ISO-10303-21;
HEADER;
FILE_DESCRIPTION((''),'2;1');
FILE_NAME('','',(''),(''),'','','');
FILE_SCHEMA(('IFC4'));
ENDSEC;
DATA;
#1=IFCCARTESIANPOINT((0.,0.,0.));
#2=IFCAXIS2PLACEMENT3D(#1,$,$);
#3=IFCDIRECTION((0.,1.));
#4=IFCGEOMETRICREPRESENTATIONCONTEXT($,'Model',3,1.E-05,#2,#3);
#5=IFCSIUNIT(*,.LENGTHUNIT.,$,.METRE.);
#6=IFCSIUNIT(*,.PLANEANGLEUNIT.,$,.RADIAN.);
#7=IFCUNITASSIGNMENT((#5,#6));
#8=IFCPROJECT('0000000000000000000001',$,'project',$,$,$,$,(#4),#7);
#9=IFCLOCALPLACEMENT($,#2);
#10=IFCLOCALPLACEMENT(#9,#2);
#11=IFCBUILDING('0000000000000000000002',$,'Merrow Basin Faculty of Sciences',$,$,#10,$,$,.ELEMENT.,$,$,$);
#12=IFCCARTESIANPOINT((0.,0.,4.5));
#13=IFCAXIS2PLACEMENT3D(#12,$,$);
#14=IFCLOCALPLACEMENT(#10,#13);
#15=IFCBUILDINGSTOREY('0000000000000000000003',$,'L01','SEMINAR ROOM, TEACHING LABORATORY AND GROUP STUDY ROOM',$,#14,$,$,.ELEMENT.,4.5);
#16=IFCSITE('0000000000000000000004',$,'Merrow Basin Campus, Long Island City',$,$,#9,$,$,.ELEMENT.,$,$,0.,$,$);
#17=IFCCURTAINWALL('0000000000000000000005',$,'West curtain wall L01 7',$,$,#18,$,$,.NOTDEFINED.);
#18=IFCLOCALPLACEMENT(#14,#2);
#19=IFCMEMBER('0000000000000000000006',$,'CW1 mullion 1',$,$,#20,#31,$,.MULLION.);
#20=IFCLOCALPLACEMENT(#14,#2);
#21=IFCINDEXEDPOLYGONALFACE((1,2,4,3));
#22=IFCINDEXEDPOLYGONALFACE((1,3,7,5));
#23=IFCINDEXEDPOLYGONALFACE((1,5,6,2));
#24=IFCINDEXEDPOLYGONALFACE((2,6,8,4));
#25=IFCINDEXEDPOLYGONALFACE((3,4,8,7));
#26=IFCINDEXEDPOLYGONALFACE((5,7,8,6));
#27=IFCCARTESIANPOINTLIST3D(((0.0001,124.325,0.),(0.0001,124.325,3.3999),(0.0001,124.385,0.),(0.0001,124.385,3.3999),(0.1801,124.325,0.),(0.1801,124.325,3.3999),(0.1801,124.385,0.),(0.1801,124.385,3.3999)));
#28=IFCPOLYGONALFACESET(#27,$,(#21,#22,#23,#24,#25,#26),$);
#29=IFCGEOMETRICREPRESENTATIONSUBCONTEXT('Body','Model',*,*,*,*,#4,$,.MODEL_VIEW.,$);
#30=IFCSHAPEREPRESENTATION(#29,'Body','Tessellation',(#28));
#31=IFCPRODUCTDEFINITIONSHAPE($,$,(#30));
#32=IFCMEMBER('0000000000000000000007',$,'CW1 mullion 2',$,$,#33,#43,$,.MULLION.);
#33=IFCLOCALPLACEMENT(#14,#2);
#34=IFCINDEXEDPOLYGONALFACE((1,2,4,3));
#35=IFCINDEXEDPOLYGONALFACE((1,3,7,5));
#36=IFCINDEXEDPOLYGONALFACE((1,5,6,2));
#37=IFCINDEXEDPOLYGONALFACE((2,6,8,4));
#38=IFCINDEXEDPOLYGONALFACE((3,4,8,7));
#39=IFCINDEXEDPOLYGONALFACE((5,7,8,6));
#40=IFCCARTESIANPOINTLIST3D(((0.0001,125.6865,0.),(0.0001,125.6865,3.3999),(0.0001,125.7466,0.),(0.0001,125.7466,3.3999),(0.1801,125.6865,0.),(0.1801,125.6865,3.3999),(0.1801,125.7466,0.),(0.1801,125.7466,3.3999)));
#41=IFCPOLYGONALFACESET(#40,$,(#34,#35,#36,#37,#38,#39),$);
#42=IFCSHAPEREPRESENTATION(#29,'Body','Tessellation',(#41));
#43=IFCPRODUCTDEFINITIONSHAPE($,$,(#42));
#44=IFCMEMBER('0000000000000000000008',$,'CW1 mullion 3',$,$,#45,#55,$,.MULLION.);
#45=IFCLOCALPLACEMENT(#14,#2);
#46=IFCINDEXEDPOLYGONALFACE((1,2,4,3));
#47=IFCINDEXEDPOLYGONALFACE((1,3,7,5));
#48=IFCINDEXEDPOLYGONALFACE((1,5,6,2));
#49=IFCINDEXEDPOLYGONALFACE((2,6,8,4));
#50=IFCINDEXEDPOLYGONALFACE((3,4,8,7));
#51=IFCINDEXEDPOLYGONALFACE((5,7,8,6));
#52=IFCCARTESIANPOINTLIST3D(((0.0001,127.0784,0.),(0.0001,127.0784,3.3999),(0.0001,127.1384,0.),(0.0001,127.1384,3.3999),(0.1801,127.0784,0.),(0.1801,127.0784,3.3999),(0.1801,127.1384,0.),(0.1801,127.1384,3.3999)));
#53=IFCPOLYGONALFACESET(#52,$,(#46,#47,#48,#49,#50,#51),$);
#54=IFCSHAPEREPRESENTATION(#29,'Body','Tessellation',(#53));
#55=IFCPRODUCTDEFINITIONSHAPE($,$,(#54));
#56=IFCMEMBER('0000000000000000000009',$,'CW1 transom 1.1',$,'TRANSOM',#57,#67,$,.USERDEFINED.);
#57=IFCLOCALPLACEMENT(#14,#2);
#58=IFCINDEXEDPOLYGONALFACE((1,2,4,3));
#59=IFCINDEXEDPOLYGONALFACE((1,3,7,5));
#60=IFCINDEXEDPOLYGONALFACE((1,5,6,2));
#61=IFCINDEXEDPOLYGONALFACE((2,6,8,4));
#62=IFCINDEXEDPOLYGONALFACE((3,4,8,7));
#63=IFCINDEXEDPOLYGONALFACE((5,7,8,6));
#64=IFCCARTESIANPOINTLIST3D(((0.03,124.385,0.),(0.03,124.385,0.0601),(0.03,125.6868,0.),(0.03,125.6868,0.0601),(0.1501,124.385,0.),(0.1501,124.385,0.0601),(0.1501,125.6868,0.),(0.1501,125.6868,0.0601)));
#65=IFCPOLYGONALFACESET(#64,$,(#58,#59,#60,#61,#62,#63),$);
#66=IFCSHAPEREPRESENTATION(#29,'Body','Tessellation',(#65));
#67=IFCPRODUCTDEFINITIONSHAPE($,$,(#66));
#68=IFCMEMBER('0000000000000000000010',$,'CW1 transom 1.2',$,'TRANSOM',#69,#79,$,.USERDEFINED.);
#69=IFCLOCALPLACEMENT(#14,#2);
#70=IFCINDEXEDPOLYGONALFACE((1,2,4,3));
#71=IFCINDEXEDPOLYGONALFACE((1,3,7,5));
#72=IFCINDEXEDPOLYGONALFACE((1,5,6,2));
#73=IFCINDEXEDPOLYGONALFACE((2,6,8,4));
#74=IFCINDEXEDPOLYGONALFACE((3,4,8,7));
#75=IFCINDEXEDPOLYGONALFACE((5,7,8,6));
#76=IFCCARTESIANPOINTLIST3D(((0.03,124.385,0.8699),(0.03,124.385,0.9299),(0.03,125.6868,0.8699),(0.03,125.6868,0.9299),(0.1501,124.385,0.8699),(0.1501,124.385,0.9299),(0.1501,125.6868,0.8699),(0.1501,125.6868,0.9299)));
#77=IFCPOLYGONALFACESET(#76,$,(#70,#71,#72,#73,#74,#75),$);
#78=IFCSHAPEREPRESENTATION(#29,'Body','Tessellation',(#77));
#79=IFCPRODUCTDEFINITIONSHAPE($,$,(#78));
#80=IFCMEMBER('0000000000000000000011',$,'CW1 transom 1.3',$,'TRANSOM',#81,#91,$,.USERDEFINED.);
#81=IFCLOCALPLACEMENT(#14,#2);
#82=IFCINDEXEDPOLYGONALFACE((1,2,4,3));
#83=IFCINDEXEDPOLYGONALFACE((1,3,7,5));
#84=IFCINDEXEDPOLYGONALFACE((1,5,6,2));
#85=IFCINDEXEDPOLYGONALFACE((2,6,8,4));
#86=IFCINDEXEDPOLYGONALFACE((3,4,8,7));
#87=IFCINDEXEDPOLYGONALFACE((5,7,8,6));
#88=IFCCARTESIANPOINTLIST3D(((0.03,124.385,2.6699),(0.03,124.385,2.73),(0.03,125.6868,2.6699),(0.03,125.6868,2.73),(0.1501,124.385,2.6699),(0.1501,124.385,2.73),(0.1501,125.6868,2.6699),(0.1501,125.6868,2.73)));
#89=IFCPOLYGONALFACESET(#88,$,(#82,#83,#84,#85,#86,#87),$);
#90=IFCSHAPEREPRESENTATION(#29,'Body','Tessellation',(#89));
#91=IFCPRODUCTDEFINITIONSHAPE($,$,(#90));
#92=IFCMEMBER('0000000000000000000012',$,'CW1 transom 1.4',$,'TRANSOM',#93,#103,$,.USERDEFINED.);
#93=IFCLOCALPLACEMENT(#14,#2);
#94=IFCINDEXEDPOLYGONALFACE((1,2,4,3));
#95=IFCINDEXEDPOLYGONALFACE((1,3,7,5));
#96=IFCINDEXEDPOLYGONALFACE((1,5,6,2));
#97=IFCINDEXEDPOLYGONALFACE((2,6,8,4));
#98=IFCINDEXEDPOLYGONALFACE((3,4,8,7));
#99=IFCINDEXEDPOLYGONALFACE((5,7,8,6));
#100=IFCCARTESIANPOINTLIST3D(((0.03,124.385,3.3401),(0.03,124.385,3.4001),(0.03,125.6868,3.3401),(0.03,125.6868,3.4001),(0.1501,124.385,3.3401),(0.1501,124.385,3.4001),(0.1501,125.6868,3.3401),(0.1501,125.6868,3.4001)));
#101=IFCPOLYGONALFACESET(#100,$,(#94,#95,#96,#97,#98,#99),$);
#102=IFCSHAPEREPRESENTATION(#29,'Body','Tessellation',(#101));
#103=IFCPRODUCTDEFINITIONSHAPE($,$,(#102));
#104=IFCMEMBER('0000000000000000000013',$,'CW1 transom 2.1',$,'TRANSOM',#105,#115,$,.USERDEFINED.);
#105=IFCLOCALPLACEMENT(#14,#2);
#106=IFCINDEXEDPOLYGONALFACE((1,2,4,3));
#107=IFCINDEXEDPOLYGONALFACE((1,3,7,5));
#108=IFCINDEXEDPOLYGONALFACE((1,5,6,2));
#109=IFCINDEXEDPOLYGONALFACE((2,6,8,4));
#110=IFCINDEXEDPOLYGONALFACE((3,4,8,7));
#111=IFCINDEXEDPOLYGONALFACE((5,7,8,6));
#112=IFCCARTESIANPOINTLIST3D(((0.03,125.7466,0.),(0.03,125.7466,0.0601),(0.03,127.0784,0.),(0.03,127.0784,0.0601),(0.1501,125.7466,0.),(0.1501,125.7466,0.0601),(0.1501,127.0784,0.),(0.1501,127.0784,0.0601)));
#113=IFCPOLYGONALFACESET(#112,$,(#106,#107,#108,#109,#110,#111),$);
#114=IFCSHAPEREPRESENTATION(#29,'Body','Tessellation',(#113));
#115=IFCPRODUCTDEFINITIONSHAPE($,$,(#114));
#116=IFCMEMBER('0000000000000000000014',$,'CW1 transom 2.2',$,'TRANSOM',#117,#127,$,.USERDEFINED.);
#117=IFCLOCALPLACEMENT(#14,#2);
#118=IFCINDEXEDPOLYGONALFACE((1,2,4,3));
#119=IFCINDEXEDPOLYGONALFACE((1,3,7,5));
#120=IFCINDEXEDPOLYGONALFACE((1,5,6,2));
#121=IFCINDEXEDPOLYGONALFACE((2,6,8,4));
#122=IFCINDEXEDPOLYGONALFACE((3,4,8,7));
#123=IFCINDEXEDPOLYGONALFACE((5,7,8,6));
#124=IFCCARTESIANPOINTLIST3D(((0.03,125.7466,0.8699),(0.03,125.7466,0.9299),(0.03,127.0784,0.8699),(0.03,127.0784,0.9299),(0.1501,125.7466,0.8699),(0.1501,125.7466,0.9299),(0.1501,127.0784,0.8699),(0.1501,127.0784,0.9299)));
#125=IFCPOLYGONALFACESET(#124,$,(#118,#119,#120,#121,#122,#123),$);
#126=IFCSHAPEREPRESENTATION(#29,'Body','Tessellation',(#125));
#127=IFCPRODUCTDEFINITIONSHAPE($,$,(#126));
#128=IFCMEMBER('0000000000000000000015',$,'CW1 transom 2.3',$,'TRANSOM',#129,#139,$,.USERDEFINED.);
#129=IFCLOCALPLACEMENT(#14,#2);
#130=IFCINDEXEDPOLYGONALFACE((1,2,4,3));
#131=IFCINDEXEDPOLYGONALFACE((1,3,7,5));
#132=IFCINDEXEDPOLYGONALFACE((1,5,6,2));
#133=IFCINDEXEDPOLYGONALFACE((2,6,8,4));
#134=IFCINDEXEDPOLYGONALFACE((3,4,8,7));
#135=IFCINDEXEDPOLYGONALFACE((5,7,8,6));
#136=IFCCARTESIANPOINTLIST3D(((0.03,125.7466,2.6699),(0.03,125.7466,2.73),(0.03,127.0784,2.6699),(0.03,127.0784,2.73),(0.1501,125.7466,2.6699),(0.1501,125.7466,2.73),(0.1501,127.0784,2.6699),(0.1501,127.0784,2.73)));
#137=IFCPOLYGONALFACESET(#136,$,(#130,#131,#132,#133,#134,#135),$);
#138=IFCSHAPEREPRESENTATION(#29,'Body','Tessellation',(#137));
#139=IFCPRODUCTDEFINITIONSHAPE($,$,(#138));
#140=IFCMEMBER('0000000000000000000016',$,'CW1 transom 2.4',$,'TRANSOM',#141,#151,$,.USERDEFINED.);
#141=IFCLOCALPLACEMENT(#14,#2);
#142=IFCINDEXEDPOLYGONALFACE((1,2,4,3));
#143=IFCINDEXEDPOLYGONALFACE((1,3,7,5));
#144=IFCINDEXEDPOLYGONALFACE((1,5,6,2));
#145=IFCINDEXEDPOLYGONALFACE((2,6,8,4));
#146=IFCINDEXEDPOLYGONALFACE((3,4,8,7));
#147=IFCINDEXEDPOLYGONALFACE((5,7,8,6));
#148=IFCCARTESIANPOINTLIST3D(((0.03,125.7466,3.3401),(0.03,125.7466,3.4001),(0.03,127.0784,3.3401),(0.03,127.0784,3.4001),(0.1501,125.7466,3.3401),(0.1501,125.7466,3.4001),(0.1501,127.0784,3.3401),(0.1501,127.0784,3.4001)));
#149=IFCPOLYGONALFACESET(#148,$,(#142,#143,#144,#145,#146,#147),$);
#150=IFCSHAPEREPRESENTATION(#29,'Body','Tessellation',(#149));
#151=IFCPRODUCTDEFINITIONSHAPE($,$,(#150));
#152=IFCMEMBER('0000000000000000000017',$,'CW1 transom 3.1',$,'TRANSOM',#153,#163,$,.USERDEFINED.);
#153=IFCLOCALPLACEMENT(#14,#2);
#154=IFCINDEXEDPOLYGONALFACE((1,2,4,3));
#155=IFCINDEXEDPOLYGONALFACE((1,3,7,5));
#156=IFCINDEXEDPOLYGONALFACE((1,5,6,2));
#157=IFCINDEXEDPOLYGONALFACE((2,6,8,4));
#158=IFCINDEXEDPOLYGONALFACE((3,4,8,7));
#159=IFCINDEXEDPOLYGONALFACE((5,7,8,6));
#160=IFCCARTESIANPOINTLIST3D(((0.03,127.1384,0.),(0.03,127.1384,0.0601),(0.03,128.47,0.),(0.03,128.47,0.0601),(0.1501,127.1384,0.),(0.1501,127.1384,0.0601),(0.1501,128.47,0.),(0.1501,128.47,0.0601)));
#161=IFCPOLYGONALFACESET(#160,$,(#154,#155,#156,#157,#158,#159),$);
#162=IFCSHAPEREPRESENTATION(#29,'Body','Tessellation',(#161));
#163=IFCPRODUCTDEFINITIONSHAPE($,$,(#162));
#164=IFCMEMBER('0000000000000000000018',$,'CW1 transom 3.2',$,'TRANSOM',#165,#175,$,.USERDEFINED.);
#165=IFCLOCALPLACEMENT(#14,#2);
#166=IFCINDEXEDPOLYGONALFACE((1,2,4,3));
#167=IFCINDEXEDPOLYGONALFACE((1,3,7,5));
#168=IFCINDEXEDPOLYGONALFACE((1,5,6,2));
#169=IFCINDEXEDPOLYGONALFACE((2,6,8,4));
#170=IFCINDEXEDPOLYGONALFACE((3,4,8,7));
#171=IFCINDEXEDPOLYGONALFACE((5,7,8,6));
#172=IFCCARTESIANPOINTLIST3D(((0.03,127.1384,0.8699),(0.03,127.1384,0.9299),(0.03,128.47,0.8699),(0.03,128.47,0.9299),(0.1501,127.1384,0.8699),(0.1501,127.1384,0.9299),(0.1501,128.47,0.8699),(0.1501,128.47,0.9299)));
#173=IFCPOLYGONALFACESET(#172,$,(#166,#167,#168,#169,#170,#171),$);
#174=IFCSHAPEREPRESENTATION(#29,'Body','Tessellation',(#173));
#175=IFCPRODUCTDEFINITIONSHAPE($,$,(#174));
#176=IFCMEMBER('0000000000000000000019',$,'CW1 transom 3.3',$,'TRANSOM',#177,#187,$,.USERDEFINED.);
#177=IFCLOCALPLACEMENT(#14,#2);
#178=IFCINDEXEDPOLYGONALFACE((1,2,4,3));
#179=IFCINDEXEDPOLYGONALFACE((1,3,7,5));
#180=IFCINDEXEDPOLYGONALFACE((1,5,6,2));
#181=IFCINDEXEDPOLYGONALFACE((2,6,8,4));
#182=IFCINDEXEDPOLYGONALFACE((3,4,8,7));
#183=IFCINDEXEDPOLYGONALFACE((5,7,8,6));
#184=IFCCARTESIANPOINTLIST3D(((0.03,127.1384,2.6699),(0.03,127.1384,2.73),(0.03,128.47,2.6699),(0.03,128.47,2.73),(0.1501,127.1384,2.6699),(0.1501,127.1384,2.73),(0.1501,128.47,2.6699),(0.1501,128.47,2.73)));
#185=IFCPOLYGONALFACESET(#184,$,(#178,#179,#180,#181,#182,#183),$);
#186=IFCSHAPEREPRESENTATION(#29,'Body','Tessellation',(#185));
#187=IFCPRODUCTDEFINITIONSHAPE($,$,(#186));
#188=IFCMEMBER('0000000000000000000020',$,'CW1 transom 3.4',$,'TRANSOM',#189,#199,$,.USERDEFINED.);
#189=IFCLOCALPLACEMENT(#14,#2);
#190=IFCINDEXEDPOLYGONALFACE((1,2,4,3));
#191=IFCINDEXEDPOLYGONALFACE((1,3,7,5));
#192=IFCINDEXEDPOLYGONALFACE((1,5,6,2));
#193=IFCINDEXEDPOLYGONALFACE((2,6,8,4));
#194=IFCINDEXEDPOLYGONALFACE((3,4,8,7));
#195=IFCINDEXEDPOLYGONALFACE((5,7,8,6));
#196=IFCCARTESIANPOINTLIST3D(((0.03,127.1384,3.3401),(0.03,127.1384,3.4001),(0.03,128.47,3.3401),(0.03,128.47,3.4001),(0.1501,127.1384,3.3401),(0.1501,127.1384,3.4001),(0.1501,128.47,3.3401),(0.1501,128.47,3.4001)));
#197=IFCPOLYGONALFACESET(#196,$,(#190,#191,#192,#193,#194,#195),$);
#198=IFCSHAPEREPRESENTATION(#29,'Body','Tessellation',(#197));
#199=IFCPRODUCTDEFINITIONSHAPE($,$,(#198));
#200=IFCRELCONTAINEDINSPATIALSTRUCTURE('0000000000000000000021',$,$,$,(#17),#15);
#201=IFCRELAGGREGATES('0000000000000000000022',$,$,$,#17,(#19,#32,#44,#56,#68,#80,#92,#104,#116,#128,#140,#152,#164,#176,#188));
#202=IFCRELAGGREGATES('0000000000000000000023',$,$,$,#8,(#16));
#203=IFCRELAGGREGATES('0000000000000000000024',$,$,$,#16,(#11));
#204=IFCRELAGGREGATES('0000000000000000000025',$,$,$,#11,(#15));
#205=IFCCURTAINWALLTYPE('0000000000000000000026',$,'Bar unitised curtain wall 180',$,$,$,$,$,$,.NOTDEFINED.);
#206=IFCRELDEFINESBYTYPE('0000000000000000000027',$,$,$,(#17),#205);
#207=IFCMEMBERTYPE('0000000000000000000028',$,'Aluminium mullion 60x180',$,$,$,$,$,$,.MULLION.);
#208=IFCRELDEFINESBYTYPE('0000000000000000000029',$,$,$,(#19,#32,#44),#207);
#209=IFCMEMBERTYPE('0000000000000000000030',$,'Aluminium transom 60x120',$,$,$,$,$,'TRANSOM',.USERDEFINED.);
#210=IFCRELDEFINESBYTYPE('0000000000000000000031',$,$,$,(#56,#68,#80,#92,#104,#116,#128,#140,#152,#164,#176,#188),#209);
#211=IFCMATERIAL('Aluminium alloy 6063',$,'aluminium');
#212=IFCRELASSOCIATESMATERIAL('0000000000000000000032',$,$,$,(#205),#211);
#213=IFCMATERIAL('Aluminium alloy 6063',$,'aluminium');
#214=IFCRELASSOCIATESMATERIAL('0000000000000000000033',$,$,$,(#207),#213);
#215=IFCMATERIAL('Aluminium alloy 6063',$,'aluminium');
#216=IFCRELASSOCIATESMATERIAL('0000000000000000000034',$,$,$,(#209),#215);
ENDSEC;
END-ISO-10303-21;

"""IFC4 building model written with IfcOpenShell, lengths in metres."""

from ifc_helpers import new_model, si_unit, direction, frame, origin, origin_2d, place, context, subcontext, project, spatial, rectangle, extrude, material, material_profile, profile_set, type_object, element, aggregate, save


model = new_model("IFC4")

# Units and contexts
model_context = context("Model", 3, precision=1e-05, world=origin(), true_north=direction((0.0, 1.0)))
body_context = subcontext(model_context, "Body", "Model", "MODEL_VIEW")
ifc_project = project(units=[si_unit("LENGTHUNIT", "METRE"), si_unit("PLANEANGLEUNIT", "RADIAN")], contexts=[model_context])

# Site, building, storey
site_placement = place(None, origin())
site = spatial("IfcSite", under=ifc_project, at=site_placement, Name="Merrow Basin Campus, Long Island City", CompositionType="ELEMENT", RefElevation=0.0)
building_placement = place(site_placement, origin())
building = spatial("IfcBuilding", under=site, at=building_placement, Name="Merrow Basin Faculty of Sciences", CompositionType="ELEMENT")
storey_placement = place(building_placement, frame((0.0, 0.0, 4.5)))
storey = spatial("IfcBuildingStorey", under=building, at=storey_placement, Name="L01", Description="SEMINAR ROOM, TEACHING LABORATORY AND GROUP STUDY ROOM", CompositionType="ELEMENT", Elevation=4.5)

# Curtain wall, members
ifc_material_1 = material(Name="Aluminium alloy 6063", Category="aluminium")
curtain_wall_type = type_object("IfcCurtainWallType", Name="Bar unitised curtain wall 180", PredefinedType="NOTDEFINED", material=ifc_material_1)
curtain_wall_placement = place(storey_placement, origin())
curtain_wall = element("IfcCurtainWall", 1, at=curtain_wall_placement, inside=storey, type_object=curtain_wall_type, Name="West curtain wall L01 7", PredefinedType="NOTDEFINED")
ifc_material_2 = material(Name="Aluminium alloy 6063", Category="aluminium")
ifc_material_profile_1 = material_profile(ifc_material_2, rectangle(XDim=0.1799, YDim=0.0601, at=origin_2d()))
ifc_profile_set_1 = profile_set([ifc_material_profile_1], Name="Aluminium alloy 6063")
member_type_1 = type_object("IfcMemberType", Name="Aluminium mullion 60x180", PredefinedType="MULLION", material=ifc_profile_set_1)
member_1_placement = place(storey_placement, frame((0.0901, 124.355, 0.0), z_axis=(0.0, 0.0, 1.0), x_axis=(-1.0, 0.0, 0.0)))
member_1 = element("IfcMember", 2, at=member_1_placement, type_object=member_type_1, Name="CW1 mullion 1", PredefinedType="MULLION", context=body_context, shape_type="SweptSolid", body=[
    extrude(rectangle(XDim=0.1799, YDim=0.0601, at=origin_2d()), origin(), (0.0, 0.0, 1.0), 3.3999),
])
member_2_placement = place(storey_placement, frame((0.0901, 125.7166, 0.0), z_axis=(0.0, 0.0, 1.0), x_axis=(-1.0, 0.0, 0.0)))
member_2 = element("IfcMember", 3, at=member_2_placement, type_object=member_type_1, Name="CW1 mullion 2", PredefinedType="MULLION", context=body_context, shape_type="SweptSolid", body=[
    extrude(rectangle(XDim=0.1799, YDim=0.0601, at=origin_2d()), origin(), (0.0, 0.0, 1.0), 3.3999),
])
member_3_placement = place(storey_placement, frame((0.0901, 127.1084, 0.0), z_axis=(0.0, 0.0, 1.0), x_axis=(-1.0, 0.0, 0.0)))
member_3 = element("IfcMember", 4, at=member_3_placement, type_object=member_type_1, Name="CW1 mullion 3", PredefinedType="MULLION", context=body_context, shape_type="SweptSolid", body=[
    extrude(rectangle(XDim=0.1799, YDim=0.0601, at=origin_2d()), origin(), (0.0, 0.0, 1.0), 3.3999),
])
ifc_material_3 = material(Name="Aluminium alloy 6063", Category="aluminium")
ifc_material_profile_2 = material_profile(ifc_material_3, rectangle(XDim=0.1201, YDim=0.0601, at=origin_2d()))
ifc_profile_set_2 = profile_set([ifc_material_profile_2], Name="Aluminium alloy 6063")
member_type_2 = type_object("IfcMemberType", Name="Aluminium transom 60x120", ElementType="TRANSOM", PredefinedType="USERDEFINED", material=ifc_profile_set_2)
member_4_placement = place(storey_placement, frame((0.0901, 124.385, 0.03), z_axis=(0.0, 1.0, 0.0), x_axis=(-1.0, 0.0, 0.0)))
member_4 = element("IfcMember", 5, at=member_4_placement, type_object=member_type_2, Name="CW1 transom 1.1", ObjectType="TRANSOM", PredefinedType="USERDEFINED", context=body_context, shape_type="SweptSolid", body=[
    extrude(rectangle(XDim=0.1201, YDim=0.0601, at=origin_2d()), origin(), (0.0, 0.0, 1.0), 1.3018),
])
member_5_placement = place(storey_placement, frame((0.0901, 124.385, 0.8999), z_axis=(0.0, 1.0, 0.0), x_axis=(-1.0, 0.0, 0.0)))
member_5 = element("IfcMember", 6, at=member_5_placement, type_object=member_type_2, Name="CW1 transom 1.2", ObjectType="TRANSOM", PredefinedType="USERDEFINED", context=body_context, shape_type="SweptSolid", body=[
    extrude(rectangle(XDim=0.1201, YDim=0.0601, at=origin_2d()), origin(), (0.0, 0.0, 1.0), 1.3018),
])
member_6_placement = place(storey_placement, frame((0.0901, 124.385, 2.7), z_axis=(0.0, 1.0, 0.0), x_axis=(-1.0, 0.0, 0.0)))
member_6 = element("IfcMember", 7, at=member_6_placement, type_object=member_type_2, Name="CW1 transom 1.3", ObjectType="TRANSOM", PredefinedType="USERDEFINED", context=body_context, shape_type="SweptSolid", body=[
    extrude(rectangle(XDim=0.1201, YDim=0.0601, at=origin_2d()), origin(), (0.0, 0.0, 1.0), 1.3018),
])
member_7_placement = place(storey_placement, frame((0.0901, 124.385, 3.3701), z_axis=(0.0, 1.0, 0.0), x_axis=(-1.0, 0.0, 0.0)))
member_7 = element("IfcMember", 8, at=member_7_placement, type_object=member_type_2, Name="CW1 transom 1.4", ObjectType="TRANSOM", PredefinedType="USERDEFINED", context=body_context, shape_type="SweptSolid", body=[
    extrude(rectangle(XDim=0.1201, YDim=0.0601, at=origin_2d()), origin(), (0.0, 0.0, 1.0), 1.3018),
])
member_8_placement = place(storey_placement, frame((0.0901, 125.7466, 0.03), z_axis=(0.0, 1.0, 0.0), x_axis=(-1.0, 0.0, 0.0)))
member_8 = element("IfcMember", 9, at=member_8_placement, type_object=member_type_2, Name="CW1 transom 2.1", ObjectType="TRANSOM", PredefinedType="USERDEFINED", context=body_context, shape_type="SweptSolid", body=[
    extrude(rectangle(XDim=0.1201, YDim=0.0601, at=origin_2d()), origin(), (0.0, 0.0, 1.0), 1.3318),
])
member_9_placement = place(storey_placement, frame((0.0901, 125.7466, 0.8999), z_axis=(0.0, 1.0, 0.0), x_axis=(-1.0, 0.0, 0.0)))
member_9 = element("IfcMember", 10, at=member_9_placement, type_object=member_type_2, Name="CW1 transom 2.2", ObjectType="TRANSOM", PredefinedType="USERDEFINED", context=body_context, shape_type="SweptSolid", body=[
    extrude(rectangle(XDim=0.1201, YDim=0.0601, at=origin_2d()), origin(), (0.0, 0.0, 1.0), 1.3318),
])
member_10_placement = place(storey_placement, frame((0.0901, 125.7466, 2.7), z_axis=(0.0, 1.0, 0.0), x_axis=(-1.0, 0.0, 0.0)))
member_10 = element("IfcMember", 11, at=member_10_placement, type_object=member_type_2, Name="CW1 transom 2.3", ObjectType="TRANSOM", PredefinedType="USERDEFINED", context=body_context, shape_type="SweptSolid", body=[
    extrude(rectangle(XDim=0.1201, YDim=0.0601, at=origin_2d()), origin(), (0.0, 0.0, 1.0), 1.3318),
])
member_11_placement = place(storey_placement, frame((0.0901, 125.7466, 3.3701), z_axis=(0.0, 1.0, 0.0), x_axis=(-1.0, 0.0, 0.0)))
member_11 = element("IfcMember", 12, at=member_11_placement, type_object=member_type_2, Name="CW1 transom 2.4", ObjectType="TRANSOM", PredefinedType="USERDEFINED", context=body_context, shape_type="SweptSolid", body=[
    extrude(rectangle(XDim=0.1201, YDim=0.0601, at=origin_2d()), origin(), (0.0, 0.0, 1.0), 1.3318),
])
member_12_placement = place(storey_placement, frame((0.0901, 127.1384, 0.03), z_axis=(0.0, 1.0, 0.0), x_axis=(-1.0, 0.0, 0.0)))
member_12 = element("IfcMember", 13, at=member_12_placement, type_object=member_type_2, Name="CW1 transom 3.1", ObjectType="TRANSOM", PredefinedType="USERDEFINED", context=body_context, shape_type="SweptSolid", body=[
    extrude(rectangle(XDim=0.1201, YDim=0.0601, at=origin_2d()), origin(), (0.0, 0.0, 1.0), 1.3315),
])
member_13_placement = place(storey_placement, frame((0.0901, 127.1384, 0.8999), z_axis=(0.0, 1.0, 0.0), x_axis=(-1.0, 0.0, 0.0)))
member_13 = element("IfcMember", 14, at=member_13_placement, type_object=member_type_2, Name="CW1 transom 3.2", ObjectType="TRANSOM", PredefinedType="USERDEFINED", context=body_context, shape_type="SweptSolid", body=[
    extrude(rectangle(XDim=0.1201, YDim=0.0601, at=origin_2d()), origin(), (0.0, 0.0, 1.0), 1.3315),
])
member_14_placement = place(storey_placement, frame((0.0901, 127.1384, 2.7), z_axis=(0.0, 1.0, 0.0), x_axis=(-1.0, 0.0, 0.0)))
member_14 = element("IfcMember", 15, at=member_14_placement, type_object=member_type_2, Name="CW1 transom 3.3", ObjectType="TRANSOM", PredefinedType="USERDEFINED", context=body_context, shape_type="SweptSolid", body=[
    extrude(rectangle(XDim=0.1201, YDim=0.0601, at=origin_2d()), origin(), (0.0, 0.0, 1.0), 1.3315),
])
member_15_placement = place(storey_placement, frame((0.0901, 127.1384, 3.3701), z_axis=(0.0, 1.0, 0.0), x_axis=(-1.0, 0.0, 0.0)))
member_15 = element("IfcMember", 16, at=member_15_placement, type_object=member_type_2, Name="CW1 transom 3.4", ObjectType="TRANSOM", PredefinedType="USERDEFINED", context=body_context, shape_type="SweptSolid", body=[
    extrude(rectangle(XDim=0.1201, YDim=0.0601, at=origin_2d()), origin(), (0.0, 0.0, 1.0), 1.3315),
])

aggregate(curtain_wall, [member_1, member_2, member_3, member_4, member_5, member_6, member_7, member_8, member_9, member_10, member_11, member_12, member_13, member_14, member_15])

save(model, "model.ifc")
